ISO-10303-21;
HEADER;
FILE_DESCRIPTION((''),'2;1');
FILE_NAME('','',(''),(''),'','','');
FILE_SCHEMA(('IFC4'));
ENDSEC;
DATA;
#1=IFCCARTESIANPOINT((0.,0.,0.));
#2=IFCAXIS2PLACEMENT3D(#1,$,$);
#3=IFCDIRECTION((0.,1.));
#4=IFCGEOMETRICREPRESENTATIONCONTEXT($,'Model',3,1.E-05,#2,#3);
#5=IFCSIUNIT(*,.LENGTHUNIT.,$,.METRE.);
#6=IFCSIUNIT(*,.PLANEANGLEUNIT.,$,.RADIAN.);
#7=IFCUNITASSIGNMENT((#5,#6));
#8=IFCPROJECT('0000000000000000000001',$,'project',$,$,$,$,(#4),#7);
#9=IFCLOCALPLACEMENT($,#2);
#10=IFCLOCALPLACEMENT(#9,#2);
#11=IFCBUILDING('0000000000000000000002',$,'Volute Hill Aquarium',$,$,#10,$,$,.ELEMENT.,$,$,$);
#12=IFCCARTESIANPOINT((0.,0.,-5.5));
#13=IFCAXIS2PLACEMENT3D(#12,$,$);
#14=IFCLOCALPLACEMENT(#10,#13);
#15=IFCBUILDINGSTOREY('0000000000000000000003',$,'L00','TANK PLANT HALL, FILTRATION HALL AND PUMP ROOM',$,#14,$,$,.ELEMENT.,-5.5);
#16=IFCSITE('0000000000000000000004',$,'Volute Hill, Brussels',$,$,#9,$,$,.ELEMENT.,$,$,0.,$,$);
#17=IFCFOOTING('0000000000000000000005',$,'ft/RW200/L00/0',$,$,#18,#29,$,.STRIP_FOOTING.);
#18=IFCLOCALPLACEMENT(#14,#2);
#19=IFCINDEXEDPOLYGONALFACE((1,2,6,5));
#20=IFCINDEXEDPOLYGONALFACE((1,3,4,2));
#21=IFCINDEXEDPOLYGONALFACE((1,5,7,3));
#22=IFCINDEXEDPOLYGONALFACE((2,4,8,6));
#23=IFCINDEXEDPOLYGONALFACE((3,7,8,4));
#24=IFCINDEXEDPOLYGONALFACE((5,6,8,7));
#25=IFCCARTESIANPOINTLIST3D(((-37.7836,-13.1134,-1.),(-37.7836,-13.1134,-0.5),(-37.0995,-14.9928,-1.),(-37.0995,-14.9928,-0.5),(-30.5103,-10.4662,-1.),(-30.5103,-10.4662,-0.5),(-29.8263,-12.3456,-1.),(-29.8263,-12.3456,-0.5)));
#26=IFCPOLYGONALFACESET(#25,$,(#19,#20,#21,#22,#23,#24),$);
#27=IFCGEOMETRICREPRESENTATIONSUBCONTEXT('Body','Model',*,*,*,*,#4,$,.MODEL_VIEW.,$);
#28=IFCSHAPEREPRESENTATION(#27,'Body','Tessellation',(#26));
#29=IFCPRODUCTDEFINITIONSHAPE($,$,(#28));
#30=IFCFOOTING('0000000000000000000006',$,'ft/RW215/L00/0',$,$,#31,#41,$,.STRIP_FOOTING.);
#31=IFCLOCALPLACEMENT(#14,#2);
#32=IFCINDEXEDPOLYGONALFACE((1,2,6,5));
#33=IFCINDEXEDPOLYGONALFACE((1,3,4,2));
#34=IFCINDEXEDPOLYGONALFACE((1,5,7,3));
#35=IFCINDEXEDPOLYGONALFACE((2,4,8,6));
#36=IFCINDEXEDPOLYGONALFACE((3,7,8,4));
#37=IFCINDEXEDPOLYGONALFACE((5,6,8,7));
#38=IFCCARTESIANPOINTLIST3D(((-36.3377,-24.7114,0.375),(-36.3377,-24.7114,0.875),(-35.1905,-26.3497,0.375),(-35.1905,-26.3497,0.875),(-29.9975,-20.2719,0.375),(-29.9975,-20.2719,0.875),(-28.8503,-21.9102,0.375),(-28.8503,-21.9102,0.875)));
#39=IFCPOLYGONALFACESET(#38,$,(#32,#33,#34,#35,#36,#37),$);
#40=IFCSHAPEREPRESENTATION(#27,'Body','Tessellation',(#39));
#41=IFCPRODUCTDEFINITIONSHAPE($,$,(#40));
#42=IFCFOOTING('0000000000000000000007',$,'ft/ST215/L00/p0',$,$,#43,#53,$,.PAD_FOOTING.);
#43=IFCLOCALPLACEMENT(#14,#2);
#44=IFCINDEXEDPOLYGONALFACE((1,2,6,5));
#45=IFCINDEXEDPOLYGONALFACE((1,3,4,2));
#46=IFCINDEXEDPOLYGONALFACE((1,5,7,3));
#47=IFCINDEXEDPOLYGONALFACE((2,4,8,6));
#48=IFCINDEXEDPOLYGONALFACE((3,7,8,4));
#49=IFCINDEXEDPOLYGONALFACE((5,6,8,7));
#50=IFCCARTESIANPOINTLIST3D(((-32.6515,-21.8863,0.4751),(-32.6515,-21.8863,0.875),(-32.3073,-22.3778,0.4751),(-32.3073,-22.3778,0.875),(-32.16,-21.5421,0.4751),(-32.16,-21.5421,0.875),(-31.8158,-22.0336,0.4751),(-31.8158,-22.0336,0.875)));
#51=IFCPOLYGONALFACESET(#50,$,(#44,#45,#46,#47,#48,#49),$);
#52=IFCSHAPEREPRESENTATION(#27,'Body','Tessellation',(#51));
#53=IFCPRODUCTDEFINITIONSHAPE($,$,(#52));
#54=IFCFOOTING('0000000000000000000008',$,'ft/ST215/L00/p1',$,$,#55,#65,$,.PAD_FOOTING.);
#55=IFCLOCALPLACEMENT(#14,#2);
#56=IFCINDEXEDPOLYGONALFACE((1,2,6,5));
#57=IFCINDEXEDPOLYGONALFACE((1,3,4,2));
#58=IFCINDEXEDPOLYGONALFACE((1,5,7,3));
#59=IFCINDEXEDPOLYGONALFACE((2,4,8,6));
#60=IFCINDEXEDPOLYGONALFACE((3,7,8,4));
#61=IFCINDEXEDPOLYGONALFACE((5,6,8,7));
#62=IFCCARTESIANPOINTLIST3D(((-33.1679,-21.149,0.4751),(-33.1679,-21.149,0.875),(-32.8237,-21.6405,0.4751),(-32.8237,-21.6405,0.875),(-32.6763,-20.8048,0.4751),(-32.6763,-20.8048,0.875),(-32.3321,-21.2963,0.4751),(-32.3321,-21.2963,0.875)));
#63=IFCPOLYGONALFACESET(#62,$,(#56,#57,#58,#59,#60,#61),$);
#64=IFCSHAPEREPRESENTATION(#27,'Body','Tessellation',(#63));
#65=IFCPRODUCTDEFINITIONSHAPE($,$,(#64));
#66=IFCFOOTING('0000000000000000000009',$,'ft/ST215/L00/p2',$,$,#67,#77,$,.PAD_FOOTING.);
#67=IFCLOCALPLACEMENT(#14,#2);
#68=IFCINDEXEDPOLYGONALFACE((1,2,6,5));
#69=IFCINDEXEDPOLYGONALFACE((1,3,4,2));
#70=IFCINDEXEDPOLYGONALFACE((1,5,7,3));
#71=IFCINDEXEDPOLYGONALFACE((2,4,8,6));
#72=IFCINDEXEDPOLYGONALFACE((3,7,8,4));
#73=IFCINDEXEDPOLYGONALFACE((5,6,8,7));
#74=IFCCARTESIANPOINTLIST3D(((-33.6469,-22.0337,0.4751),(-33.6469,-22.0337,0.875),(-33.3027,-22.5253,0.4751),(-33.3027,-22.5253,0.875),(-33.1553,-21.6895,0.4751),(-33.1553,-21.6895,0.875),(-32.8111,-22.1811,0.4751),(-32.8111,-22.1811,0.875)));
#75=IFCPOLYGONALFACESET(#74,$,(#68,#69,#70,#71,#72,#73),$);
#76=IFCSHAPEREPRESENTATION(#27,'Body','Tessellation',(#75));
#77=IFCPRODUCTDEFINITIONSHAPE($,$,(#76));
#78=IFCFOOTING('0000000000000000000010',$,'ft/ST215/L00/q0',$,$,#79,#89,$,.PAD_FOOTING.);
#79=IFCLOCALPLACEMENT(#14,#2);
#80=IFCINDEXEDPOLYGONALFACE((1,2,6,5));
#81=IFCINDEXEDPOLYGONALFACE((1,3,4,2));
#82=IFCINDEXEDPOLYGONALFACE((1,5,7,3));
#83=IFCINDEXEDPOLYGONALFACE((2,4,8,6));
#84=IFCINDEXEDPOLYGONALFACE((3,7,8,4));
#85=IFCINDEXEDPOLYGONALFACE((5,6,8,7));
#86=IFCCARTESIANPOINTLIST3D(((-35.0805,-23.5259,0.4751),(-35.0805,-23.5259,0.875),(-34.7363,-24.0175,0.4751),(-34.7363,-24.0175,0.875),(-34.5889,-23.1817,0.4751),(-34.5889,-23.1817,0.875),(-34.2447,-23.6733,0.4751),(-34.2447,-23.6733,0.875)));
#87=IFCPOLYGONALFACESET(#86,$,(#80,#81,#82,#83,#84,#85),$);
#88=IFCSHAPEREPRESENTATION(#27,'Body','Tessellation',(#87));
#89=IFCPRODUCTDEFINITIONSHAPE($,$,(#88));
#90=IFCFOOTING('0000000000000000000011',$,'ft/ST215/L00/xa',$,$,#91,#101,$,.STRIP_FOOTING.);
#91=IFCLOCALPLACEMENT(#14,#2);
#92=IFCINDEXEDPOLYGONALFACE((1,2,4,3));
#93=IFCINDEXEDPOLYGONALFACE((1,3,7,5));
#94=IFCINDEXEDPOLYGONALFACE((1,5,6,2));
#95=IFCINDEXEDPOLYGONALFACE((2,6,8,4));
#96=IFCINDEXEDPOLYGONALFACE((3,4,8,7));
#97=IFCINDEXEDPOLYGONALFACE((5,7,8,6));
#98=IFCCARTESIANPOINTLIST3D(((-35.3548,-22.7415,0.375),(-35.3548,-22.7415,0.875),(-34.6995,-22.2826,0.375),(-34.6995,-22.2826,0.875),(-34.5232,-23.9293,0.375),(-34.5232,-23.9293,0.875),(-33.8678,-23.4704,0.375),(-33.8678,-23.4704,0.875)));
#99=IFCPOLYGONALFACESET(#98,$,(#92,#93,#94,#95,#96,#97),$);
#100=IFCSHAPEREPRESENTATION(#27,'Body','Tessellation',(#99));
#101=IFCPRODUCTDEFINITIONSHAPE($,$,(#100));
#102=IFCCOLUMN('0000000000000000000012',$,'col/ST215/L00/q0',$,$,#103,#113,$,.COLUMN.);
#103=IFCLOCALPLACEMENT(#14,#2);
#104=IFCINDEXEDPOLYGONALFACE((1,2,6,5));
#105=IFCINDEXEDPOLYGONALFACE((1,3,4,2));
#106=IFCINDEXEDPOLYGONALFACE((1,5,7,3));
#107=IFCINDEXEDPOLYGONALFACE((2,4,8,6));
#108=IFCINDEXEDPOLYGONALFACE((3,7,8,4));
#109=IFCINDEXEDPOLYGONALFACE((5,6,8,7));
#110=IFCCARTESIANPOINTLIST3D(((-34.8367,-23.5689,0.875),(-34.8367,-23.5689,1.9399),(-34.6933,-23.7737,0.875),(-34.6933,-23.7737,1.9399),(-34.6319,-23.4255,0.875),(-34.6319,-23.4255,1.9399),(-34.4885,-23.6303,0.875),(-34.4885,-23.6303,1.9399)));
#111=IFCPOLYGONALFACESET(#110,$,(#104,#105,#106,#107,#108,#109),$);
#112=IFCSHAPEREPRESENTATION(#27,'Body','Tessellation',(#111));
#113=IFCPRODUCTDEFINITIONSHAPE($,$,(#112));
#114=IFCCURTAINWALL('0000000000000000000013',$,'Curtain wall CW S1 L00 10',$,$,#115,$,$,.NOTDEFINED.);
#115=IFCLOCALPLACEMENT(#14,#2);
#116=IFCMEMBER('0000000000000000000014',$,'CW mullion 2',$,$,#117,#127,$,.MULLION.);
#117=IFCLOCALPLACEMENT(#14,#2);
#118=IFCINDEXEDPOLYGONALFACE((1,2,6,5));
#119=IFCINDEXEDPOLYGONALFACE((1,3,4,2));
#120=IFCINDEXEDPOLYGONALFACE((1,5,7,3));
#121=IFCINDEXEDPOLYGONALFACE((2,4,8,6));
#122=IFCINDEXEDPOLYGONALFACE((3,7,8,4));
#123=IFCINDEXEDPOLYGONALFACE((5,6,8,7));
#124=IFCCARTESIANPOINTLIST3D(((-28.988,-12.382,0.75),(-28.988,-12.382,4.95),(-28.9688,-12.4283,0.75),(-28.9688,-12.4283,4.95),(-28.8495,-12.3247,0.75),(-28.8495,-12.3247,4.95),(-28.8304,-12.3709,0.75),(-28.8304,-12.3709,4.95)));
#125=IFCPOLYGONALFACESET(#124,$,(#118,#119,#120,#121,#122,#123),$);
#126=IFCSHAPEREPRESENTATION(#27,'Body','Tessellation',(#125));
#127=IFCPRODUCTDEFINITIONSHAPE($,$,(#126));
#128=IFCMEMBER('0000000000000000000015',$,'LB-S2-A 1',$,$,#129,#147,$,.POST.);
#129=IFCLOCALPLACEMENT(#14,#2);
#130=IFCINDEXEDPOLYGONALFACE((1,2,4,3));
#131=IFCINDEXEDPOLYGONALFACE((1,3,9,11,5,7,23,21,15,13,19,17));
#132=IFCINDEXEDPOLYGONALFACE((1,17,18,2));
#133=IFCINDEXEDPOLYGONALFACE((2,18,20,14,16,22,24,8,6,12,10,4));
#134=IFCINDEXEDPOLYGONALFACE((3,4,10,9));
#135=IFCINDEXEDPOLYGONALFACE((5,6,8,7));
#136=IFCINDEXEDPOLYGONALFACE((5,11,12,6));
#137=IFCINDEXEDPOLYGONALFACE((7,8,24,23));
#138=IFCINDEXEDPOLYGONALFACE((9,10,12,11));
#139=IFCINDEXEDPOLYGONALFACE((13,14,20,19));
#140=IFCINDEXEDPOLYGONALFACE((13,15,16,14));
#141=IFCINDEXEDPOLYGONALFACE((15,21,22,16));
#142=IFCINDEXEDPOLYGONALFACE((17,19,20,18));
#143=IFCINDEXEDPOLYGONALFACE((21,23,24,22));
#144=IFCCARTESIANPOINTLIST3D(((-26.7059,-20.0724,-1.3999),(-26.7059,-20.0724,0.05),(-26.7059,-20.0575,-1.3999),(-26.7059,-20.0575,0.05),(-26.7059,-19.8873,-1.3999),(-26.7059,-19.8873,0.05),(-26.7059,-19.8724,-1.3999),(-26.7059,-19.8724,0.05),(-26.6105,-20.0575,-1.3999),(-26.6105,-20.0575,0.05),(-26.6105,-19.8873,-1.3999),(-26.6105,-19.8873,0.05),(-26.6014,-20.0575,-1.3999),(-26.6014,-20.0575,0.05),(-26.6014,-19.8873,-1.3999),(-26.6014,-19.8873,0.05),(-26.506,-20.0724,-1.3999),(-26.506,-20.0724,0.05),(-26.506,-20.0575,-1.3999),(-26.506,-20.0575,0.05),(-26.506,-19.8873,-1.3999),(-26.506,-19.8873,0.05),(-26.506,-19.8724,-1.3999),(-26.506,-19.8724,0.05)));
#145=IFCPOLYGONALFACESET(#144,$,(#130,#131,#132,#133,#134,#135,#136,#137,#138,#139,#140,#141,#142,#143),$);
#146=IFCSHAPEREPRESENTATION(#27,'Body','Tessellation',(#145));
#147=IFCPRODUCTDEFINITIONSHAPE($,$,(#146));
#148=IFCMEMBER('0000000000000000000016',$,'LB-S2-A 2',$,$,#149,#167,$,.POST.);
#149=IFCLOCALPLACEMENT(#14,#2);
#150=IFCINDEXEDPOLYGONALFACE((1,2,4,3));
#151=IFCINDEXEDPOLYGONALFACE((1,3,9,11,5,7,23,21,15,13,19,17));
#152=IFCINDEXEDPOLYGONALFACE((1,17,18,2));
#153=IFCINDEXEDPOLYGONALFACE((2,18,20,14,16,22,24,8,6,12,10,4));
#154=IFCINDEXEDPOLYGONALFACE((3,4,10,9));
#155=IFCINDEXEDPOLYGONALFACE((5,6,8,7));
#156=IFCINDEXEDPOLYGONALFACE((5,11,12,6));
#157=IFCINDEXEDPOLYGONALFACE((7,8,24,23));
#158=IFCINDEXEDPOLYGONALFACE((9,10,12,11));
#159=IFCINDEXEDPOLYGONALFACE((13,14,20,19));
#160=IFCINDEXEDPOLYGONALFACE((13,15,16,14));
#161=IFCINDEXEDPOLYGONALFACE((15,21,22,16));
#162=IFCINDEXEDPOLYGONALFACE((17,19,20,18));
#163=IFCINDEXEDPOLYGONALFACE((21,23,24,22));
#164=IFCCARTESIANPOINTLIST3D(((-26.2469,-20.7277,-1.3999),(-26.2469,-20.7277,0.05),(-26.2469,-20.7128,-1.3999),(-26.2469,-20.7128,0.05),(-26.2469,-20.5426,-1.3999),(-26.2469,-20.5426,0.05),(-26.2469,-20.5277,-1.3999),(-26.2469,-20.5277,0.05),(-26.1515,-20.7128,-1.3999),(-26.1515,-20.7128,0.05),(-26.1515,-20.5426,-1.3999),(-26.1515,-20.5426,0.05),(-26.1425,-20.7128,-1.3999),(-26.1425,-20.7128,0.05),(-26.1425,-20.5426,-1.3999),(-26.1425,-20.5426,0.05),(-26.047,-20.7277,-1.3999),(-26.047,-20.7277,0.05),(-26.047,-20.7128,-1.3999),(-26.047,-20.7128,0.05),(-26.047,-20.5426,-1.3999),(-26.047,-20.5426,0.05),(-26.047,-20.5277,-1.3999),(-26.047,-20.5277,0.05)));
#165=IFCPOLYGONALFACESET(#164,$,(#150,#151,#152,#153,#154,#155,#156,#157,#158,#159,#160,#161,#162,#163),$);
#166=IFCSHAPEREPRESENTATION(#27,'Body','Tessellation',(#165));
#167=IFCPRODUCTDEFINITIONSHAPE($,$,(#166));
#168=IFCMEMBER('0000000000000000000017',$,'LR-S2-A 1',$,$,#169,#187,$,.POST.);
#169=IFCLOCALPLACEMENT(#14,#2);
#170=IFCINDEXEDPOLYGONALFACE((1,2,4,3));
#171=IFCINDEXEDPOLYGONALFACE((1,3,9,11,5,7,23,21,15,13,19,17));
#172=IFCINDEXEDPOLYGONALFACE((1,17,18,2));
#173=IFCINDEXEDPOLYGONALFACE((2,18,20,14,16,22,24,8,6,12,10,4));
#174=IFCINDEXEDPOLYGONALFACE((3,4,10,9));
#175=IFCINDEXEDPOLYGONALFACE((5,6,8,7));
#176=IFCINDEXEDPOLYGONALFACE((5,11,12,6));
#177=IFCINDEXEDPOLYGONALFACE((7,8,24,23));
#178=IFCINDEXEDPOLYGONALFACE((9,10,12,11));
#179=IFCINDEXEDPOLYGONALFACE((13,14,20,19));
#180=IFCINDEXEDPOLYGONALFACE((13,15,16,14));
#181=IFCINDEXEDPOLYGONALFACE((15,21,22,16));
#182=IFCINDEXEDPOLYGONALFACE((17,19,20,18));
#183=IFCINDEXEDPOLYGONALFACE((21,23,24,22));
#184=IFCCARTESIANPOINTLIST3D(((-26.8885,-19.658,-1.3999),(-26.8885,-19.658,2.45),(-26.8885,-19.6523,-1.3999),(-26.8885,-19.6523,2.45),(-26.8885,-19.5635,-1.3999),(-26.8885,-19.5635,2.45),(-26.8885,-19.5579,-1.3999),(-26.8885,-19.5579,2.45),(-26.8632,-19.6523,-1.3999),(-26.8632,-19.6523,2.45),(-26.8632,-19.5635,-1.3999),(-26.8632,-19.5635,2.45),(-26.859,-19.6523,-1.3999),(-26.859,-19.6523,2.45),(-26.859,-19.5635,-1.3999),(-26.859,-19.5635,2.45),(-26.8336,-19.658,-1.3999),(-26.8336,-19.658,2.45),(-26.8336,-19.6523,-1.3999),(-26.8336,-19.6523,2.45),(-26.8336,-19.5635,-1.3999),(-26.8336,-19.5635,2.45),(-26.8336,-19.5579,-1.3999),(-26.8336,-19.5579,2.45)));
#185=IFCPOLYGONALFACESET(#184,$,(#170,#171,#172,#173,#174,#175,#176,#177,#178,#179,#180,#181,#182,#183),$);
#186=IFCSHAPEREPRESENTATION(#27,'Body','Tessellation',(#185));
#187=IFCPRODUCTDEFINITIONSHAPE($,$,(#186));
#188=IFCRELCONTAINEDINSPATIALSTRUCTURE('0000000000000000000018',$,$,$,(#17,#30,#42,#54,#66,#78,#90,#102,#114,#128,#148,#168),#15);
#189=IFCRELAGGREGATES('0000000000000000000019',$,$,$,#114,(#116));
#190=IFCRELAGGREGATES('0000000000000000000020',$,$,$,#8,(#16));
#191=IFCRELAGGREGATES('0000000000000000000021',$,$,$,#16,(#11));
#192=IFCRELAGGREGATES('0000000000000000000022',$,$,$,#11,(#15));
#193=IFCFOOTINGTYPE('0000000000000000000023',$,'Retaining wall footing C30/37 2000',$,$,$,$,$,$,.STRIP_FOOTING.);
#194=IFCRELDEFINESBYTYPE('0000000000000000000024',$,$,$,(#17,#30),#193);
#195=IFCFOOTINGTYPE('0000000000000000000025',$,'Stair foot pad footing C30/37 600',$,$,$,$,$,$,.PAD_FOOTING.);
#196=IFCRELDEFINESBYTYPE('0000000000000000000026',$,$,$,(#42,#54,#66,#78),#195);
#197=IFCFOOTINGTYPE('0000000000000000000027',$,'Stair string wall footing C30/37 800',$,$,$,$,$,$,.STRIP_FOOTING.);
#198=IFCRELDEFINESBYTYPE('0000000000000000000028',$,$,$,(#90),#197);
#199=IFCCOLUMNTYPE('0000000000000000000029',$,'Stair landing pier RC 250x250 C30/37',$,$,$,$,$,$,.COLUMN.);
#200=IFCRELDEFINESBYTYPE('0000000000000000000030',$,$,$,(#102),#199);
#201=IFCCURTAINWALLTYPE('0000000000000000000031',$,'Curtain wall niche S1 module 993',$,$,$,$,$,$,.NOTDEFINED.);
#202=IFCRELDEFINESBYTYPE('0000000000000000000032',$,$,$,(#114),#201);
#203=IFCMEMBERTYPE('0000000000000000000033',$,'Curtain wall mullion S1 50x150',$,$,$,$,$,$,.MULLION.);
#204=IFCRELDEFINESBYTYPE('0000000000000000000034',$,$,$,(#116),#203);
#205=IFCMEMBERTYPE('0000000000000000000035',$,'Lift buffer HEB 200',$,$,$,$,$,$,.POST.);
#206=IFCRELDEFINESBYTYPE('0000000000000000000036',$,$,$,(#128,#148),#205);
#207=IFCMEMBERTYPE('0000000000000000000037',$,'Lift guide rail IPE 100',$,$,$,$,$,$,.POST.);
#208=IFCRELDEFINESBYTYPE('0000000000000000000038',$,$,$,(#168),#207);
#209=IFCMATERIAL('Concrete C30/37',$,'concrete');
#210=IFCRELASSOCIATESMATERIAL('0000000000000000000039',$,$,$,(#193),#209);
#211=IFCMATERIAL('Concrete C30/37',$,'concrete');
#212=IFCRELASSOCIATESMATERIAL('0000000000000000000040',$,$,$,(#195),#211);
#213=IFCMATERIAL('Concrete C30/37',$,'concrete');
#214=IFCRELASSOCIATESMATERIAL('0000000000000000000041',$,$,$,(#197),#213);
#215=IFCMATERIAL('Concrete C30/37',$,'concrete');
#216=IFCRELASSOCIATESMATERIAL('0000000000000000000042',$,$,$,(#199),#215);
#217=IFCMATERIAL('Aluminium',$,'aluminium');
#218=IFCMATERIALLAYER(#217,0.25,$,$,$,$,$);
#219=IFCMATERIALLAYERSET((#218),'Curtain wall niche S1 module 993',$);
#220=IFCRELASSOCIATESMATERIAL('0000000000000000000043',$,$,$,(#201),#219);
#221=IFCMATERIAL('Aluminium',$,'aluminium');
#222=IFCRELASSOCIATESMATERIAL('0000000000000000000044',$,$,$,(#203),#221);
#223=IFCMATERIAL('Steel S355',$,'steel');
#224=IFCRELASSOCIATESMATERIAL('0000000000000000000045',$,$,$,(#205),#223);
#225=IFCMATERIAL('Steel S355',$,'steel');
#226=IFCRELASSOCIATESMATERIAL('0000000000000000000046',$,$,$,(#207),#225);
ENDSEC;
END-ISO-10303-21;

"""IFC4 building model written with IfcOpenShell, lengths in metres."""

from ifc_helpers import new_model, si_unit, direction, frame, origin, origin_2d, place, context, subcontext, project, spatial, rectangle, i_section, extrude, material, layer, layer_set, material_profile, profile_set, type_object, element, aggregate, save


model = new_model("IFC4")

# Units and contexts
model_context = context("Model", 3, precision=1e-05, world=origin(), true_north=direction((0.0, 1.0)))
body_context = subcontext(model_context, "Body", "Model", "MODEL_VIEW")
ifc_project = project(units=[si_unit("LENGTHUNIT", "METRE"), si_unit("PLANEANGLEUNIT", "RADIAN")], contexts=[model_context])

# Site, building, storey
site_placement = place(None, origin())
site = spatial("IfcSite", under=ifc_project, at=site_placement, Name="Volute Hill, Brussels", CompositionType="ELEMENT", RefElevation=0.0)
building_placement = place(site_placement, origin())
building = spatial("IfcBuilding", under=site, at=building_placement, Name="Volute Hill Aquarium", CompositionType="ELEMENT")
storey_placement = place(building_placement, frame((0.0, 0.0, -5.5)))
storey = spatial("IfcBuildingStorey", under=building, at=storey_placement, Name="L00", Description="TANK PLANT HALL, FILTRATION HALL AND PUMP ROOM", CompositionType="ELEMENT", Elevation=-5.5)

# Footings
ifc_material_1 = material(Name="Concrete C30/37", Category="concrete")
footing_type_1 = type_object("IfcFootingType", Name="Retaining wall footing C30/37 2000", PredefinedType="STRIP_FOOTING", material=ifc_material_1)
for number, where, z_axis, x_axis, name in (
    (1, (-33.8049, -12.7295, -1.0), (0.0, 0.0, 1.0), (-0.939693, -0.34202, 0.0), "ft/RW200/L00/0"),
    (2, (-32.594, -23.3108, 0.375), (0.0, 0.0, 1.0), (-0.819152, -0.573576, 0.0), "ft/RW215/L00/0"),
):
    element("IfcFooting", number, at=place(storey_placement, frame(where, z_axis=z_axis, x_axis=x_axis)), inside=storey, type_object=footing_type_1, Name=name, PredefinedType="STRIP_FOOTING", context=body_context, shape_type="SweptSolid", body=[
        extrude(rectangle(XDim=7.74, YDim=2.0, at=origin_2d()), origin(), (0.0, 0.0, 1.0), 0.5),
    ])
ifc_material_2 = material(Name="Concrete C30/37", Category="concrete")
footing_type_2 = type_object("IfcFootingType", Name="Stair foot pad footing C30/37 600", PredefinedType="PAD_FOOTING", material=ifc_material_2)
for number, where, z_axis, x_axis, name in (
    (3, (-32.2336, -21.96, 0.4751), (0.0, 0.0, 1.0), (-0.819152, -0.573576, 0.0), "ft/ST215/L00/p0"),
    (4, (-32.75, -21.2227, 0.4751), (0.0, 0.0, 1.0), (-0.819152, -0.573576, 0.0), "ft/ST215/L00/p1"),
    (5, (-33.229, -22.1074, 0.4751), (0.0, 0.0, 1.0), (-0.819152, -0.573576, 0.0), "ft/ST215/L00/p2"),
    (6, (-34.6626, -23.5996, 0.4751), (0.0, 0.0, 1.0), (-0.819152, -0.573576, 0.0), "ft/ST215/L00/q0"),
):
    element("IfcFooting", number, at=place(storey_placement, frame(where, z_axis=z_axis, x_axis=x_axis)), inside=storey, type_object=footing_type_2, Name=name, PredefinedType="PAD_FOOTING", context=body_context, shape_type="SweptSolid", body=[
        extrude(rectangle(XDim=0.6001, YDim=0.6001, at=origin_2d()), origin(), (0.0, 0.0, 1.0), 0.3999),
    ])
ifc_material_3 = material(Name="Concrete C30/37", Category="concrete")
footing_type_3 = type_object("IfcFootingType", Name="Stair string wall footing C30/37 800", PredefinedType="STRIP_FOOTING", material=ifc_material_3)
footing_placement = place(storey_placement, frame((-34.6113, -23.106, 0.375), z_axis=(0.0, 0.0, 1.0), x_axis=(0.573576, -0.819152, 0.0)))
element("IfcFooting", 7, at=footing_placement, inside=storey, type_object=footing_type_3, Name="ft/ST215/L00/xa", PredefinedType="STRIP_FOOTING", context=body_context, shape_type="SweptSolid", body=[
    extrude(rectangle(XDim=1.45, YDim=0.8, at=origin_2d()), origin(), (0.0, 0.0, 1.0), 0.5),
])

# Column
ifc_material_4 = material(Name="Concrete C30/37", Category="concrete")
ifc_material_profile_1 = material_profile(ifc_material_4, rectangle(XDim=0.25, YDim=0.25, at=origin_2d()), Name="RC pier 250x250")
ifc_profile_set_1 = profile_set([ifc_material_profile_1], Name="Concrete C30/37")
column_type = type_object("IfcColumnType", Name="Stair landing pier RC 250x250 C30/37", PredefinedType="COLUMN", material=ifc_profile_set_1)
column_placement = place(storey_placement, frame((-34.6626, -23.5996, 0.875), z_axis=(0.0, 0.0, 1.0), x_axis=(-0.819152, -0.573576, 0.0)))
element("IfcColumn", 8, at=column_placement, inside=storey, type_object=column_type, Name="col/ST215/L00/q0", PredefinedType="COLUMN", context=body_context, shape_type="SweptSolid", body=[
    extrude(rectangle(XDim=0.25, YDim=0.25, at=origin_2d()), origin(), (0.0, 0.0, 1.0), 1.0649),
])

# Curtain wall, member
ifc_material_5 = material(Name="Aluminium", Category="aluminium")
ifc_layer_1 = layer(ifc_material_5, 0.25)
ifc_layer_set_1 = layer_set([ifc_layer_1], Name="Curtain wall niche S1 module 993")
curtain_wall_type = type_object("IfcCurtainWallType", Name="Curtain wall niche S1 module 993", PredefinedType="NOTDEFINED", material=ifc_layer_set_1)
curtain_wall_placement = place(storey_placement, origin())
curtain_wall = element("IfcCurtainWall", 9, at=curtain_wall_placement, inside=storey, type_object=curtain_wall_type, Name="Curtain wall CW S1 L00 10", PredefinedType="NOTDEFINED")
ifc_material_6 = material(Name="Aluminium", Category="aluminium")
ifc_material_profile_2 = material_profile(ifc_material_6, rectangle(XDim=0.1499, YDim=0.05, at=origin_2d()), Name="Curtain wall mullion S1 50x150")
ifc_profile_set_2 = profile_set([ifc_material_profile_2], Name="Aluminium")
member_type_1 = type_object("IfcMemberType", Name="Curtain wall mullion S1 50x150", PredefinedType="MULLION", material=ifc_profile_set_2)
member_placement = place(storey_placement, frame((-28.9092, -12.3765, 0.75), z_axis=(0.0, 0.0, 1.0), x_axis=(0.923885, 0.38267, 0.0)))
member = element("IfcMember", 10, at=member_placement, type_object=member_type_1, Name="CW mullion 2", PredefinedType="MULLION", context=body_context, shape_type="SweptSolid", body=[
    extrude(rectangle(XDim=0.1499, YDim=0.05, at=origin_2d()), origin(), (0.0, 0.0, 1.0), 4.2),
])
aggregate(curtain_wall, [member])

# Members
ifc_material_7 = material(Name="Steel S355", Category="steel")
ifc_material_profile_3 = material_profile(ifc_material_7, i_section(OverallWidth=0.2, OverallDepth=0.2, WebThickness=0.009, FlangeThickness=0.0149, at=origin_2d()), Name="HEB 200")
ifc_profile_set_3 = profile_set([ifc_material_profile_3], Name="Steel S355")
member_type_2 = type_object("IfcMemberType", Name="Lift buffer HEB 200", PredefinedType="POST", material=ifc_profile_set_3)
for number, where, z_axis, x_axis, name in (
    (11, (-26.606, -19.9724, -1.3999), (0.0, 0.0, 1.0), (1.0, 0.0, 0.0), "LB-S2-A 1"),
    (12, (-26.147, -20.6277, -1.3999), (0.0, 0.0, 1.0), (1.0, 0.0, 0.0), "LB-S2-A 2"),
):
    element("IfcMember", number, at=place(storey_placement, frame(where, z_axis=z_axis, x_axis=x_axis)), inside=storey, type_object=member_type_2, Name=name, PredefinedType="POST", context=body_context, shape_type="SweptSolid", body=[
        extrude(i_section(OverallWidth=0.2, OverallDepth=0.2, WebThickness=0.009, FlangeThickness=0.0149, at=origin_2d()), origin(), (0.0, 0.0, 1.0), 1.45),
    ])
ifc_material_8 = material(Name="Steel S355", Category="steel")
ifc_material_profile_4 = material_profile(ifc_material_8, i_section(OverallWidth=0.0549, OverallDepth=0.1001, WebThickness=0.0042, FlangeThickness=0.0056, at=origin_2d()), Name="IPE 100")
ifc_profile_set_4 = profile_set([ifc_material_profile_4], Name="Steel S355")
member_type_3 = type_object("IfcMemberType", Name="Lift guide rail IPE 100", PredefinedType="POST", material=ifc_profile_set_4)
for number, where, z_axis, x_axis, name in (
    (13, (-26.8611, -19.6079, -1.3999), (0.0, 0.0, 1.0), (1.0, 0.0, 0.0), "LR-S2-A 1"),
):
    element("IfcMember", number, at=place(storey_placement, frame(where, z_axis=z_axis, x_axis=x_axis)), inside=storey, type_object=member_type_3, Name=name, PredefinedType="POST", context=body_context, shape_type="SweptSolid", body=[
        extrude(i_section(OverallWidth=0.0549, OverallDepth=0.1001, WebThickness=0.0042, FlangeThickness=0.0056, at=origin_2d()), origin(), (0.0, 0.0, 1.0), 3.8499),
    ])

save(model, "model.ifc")
